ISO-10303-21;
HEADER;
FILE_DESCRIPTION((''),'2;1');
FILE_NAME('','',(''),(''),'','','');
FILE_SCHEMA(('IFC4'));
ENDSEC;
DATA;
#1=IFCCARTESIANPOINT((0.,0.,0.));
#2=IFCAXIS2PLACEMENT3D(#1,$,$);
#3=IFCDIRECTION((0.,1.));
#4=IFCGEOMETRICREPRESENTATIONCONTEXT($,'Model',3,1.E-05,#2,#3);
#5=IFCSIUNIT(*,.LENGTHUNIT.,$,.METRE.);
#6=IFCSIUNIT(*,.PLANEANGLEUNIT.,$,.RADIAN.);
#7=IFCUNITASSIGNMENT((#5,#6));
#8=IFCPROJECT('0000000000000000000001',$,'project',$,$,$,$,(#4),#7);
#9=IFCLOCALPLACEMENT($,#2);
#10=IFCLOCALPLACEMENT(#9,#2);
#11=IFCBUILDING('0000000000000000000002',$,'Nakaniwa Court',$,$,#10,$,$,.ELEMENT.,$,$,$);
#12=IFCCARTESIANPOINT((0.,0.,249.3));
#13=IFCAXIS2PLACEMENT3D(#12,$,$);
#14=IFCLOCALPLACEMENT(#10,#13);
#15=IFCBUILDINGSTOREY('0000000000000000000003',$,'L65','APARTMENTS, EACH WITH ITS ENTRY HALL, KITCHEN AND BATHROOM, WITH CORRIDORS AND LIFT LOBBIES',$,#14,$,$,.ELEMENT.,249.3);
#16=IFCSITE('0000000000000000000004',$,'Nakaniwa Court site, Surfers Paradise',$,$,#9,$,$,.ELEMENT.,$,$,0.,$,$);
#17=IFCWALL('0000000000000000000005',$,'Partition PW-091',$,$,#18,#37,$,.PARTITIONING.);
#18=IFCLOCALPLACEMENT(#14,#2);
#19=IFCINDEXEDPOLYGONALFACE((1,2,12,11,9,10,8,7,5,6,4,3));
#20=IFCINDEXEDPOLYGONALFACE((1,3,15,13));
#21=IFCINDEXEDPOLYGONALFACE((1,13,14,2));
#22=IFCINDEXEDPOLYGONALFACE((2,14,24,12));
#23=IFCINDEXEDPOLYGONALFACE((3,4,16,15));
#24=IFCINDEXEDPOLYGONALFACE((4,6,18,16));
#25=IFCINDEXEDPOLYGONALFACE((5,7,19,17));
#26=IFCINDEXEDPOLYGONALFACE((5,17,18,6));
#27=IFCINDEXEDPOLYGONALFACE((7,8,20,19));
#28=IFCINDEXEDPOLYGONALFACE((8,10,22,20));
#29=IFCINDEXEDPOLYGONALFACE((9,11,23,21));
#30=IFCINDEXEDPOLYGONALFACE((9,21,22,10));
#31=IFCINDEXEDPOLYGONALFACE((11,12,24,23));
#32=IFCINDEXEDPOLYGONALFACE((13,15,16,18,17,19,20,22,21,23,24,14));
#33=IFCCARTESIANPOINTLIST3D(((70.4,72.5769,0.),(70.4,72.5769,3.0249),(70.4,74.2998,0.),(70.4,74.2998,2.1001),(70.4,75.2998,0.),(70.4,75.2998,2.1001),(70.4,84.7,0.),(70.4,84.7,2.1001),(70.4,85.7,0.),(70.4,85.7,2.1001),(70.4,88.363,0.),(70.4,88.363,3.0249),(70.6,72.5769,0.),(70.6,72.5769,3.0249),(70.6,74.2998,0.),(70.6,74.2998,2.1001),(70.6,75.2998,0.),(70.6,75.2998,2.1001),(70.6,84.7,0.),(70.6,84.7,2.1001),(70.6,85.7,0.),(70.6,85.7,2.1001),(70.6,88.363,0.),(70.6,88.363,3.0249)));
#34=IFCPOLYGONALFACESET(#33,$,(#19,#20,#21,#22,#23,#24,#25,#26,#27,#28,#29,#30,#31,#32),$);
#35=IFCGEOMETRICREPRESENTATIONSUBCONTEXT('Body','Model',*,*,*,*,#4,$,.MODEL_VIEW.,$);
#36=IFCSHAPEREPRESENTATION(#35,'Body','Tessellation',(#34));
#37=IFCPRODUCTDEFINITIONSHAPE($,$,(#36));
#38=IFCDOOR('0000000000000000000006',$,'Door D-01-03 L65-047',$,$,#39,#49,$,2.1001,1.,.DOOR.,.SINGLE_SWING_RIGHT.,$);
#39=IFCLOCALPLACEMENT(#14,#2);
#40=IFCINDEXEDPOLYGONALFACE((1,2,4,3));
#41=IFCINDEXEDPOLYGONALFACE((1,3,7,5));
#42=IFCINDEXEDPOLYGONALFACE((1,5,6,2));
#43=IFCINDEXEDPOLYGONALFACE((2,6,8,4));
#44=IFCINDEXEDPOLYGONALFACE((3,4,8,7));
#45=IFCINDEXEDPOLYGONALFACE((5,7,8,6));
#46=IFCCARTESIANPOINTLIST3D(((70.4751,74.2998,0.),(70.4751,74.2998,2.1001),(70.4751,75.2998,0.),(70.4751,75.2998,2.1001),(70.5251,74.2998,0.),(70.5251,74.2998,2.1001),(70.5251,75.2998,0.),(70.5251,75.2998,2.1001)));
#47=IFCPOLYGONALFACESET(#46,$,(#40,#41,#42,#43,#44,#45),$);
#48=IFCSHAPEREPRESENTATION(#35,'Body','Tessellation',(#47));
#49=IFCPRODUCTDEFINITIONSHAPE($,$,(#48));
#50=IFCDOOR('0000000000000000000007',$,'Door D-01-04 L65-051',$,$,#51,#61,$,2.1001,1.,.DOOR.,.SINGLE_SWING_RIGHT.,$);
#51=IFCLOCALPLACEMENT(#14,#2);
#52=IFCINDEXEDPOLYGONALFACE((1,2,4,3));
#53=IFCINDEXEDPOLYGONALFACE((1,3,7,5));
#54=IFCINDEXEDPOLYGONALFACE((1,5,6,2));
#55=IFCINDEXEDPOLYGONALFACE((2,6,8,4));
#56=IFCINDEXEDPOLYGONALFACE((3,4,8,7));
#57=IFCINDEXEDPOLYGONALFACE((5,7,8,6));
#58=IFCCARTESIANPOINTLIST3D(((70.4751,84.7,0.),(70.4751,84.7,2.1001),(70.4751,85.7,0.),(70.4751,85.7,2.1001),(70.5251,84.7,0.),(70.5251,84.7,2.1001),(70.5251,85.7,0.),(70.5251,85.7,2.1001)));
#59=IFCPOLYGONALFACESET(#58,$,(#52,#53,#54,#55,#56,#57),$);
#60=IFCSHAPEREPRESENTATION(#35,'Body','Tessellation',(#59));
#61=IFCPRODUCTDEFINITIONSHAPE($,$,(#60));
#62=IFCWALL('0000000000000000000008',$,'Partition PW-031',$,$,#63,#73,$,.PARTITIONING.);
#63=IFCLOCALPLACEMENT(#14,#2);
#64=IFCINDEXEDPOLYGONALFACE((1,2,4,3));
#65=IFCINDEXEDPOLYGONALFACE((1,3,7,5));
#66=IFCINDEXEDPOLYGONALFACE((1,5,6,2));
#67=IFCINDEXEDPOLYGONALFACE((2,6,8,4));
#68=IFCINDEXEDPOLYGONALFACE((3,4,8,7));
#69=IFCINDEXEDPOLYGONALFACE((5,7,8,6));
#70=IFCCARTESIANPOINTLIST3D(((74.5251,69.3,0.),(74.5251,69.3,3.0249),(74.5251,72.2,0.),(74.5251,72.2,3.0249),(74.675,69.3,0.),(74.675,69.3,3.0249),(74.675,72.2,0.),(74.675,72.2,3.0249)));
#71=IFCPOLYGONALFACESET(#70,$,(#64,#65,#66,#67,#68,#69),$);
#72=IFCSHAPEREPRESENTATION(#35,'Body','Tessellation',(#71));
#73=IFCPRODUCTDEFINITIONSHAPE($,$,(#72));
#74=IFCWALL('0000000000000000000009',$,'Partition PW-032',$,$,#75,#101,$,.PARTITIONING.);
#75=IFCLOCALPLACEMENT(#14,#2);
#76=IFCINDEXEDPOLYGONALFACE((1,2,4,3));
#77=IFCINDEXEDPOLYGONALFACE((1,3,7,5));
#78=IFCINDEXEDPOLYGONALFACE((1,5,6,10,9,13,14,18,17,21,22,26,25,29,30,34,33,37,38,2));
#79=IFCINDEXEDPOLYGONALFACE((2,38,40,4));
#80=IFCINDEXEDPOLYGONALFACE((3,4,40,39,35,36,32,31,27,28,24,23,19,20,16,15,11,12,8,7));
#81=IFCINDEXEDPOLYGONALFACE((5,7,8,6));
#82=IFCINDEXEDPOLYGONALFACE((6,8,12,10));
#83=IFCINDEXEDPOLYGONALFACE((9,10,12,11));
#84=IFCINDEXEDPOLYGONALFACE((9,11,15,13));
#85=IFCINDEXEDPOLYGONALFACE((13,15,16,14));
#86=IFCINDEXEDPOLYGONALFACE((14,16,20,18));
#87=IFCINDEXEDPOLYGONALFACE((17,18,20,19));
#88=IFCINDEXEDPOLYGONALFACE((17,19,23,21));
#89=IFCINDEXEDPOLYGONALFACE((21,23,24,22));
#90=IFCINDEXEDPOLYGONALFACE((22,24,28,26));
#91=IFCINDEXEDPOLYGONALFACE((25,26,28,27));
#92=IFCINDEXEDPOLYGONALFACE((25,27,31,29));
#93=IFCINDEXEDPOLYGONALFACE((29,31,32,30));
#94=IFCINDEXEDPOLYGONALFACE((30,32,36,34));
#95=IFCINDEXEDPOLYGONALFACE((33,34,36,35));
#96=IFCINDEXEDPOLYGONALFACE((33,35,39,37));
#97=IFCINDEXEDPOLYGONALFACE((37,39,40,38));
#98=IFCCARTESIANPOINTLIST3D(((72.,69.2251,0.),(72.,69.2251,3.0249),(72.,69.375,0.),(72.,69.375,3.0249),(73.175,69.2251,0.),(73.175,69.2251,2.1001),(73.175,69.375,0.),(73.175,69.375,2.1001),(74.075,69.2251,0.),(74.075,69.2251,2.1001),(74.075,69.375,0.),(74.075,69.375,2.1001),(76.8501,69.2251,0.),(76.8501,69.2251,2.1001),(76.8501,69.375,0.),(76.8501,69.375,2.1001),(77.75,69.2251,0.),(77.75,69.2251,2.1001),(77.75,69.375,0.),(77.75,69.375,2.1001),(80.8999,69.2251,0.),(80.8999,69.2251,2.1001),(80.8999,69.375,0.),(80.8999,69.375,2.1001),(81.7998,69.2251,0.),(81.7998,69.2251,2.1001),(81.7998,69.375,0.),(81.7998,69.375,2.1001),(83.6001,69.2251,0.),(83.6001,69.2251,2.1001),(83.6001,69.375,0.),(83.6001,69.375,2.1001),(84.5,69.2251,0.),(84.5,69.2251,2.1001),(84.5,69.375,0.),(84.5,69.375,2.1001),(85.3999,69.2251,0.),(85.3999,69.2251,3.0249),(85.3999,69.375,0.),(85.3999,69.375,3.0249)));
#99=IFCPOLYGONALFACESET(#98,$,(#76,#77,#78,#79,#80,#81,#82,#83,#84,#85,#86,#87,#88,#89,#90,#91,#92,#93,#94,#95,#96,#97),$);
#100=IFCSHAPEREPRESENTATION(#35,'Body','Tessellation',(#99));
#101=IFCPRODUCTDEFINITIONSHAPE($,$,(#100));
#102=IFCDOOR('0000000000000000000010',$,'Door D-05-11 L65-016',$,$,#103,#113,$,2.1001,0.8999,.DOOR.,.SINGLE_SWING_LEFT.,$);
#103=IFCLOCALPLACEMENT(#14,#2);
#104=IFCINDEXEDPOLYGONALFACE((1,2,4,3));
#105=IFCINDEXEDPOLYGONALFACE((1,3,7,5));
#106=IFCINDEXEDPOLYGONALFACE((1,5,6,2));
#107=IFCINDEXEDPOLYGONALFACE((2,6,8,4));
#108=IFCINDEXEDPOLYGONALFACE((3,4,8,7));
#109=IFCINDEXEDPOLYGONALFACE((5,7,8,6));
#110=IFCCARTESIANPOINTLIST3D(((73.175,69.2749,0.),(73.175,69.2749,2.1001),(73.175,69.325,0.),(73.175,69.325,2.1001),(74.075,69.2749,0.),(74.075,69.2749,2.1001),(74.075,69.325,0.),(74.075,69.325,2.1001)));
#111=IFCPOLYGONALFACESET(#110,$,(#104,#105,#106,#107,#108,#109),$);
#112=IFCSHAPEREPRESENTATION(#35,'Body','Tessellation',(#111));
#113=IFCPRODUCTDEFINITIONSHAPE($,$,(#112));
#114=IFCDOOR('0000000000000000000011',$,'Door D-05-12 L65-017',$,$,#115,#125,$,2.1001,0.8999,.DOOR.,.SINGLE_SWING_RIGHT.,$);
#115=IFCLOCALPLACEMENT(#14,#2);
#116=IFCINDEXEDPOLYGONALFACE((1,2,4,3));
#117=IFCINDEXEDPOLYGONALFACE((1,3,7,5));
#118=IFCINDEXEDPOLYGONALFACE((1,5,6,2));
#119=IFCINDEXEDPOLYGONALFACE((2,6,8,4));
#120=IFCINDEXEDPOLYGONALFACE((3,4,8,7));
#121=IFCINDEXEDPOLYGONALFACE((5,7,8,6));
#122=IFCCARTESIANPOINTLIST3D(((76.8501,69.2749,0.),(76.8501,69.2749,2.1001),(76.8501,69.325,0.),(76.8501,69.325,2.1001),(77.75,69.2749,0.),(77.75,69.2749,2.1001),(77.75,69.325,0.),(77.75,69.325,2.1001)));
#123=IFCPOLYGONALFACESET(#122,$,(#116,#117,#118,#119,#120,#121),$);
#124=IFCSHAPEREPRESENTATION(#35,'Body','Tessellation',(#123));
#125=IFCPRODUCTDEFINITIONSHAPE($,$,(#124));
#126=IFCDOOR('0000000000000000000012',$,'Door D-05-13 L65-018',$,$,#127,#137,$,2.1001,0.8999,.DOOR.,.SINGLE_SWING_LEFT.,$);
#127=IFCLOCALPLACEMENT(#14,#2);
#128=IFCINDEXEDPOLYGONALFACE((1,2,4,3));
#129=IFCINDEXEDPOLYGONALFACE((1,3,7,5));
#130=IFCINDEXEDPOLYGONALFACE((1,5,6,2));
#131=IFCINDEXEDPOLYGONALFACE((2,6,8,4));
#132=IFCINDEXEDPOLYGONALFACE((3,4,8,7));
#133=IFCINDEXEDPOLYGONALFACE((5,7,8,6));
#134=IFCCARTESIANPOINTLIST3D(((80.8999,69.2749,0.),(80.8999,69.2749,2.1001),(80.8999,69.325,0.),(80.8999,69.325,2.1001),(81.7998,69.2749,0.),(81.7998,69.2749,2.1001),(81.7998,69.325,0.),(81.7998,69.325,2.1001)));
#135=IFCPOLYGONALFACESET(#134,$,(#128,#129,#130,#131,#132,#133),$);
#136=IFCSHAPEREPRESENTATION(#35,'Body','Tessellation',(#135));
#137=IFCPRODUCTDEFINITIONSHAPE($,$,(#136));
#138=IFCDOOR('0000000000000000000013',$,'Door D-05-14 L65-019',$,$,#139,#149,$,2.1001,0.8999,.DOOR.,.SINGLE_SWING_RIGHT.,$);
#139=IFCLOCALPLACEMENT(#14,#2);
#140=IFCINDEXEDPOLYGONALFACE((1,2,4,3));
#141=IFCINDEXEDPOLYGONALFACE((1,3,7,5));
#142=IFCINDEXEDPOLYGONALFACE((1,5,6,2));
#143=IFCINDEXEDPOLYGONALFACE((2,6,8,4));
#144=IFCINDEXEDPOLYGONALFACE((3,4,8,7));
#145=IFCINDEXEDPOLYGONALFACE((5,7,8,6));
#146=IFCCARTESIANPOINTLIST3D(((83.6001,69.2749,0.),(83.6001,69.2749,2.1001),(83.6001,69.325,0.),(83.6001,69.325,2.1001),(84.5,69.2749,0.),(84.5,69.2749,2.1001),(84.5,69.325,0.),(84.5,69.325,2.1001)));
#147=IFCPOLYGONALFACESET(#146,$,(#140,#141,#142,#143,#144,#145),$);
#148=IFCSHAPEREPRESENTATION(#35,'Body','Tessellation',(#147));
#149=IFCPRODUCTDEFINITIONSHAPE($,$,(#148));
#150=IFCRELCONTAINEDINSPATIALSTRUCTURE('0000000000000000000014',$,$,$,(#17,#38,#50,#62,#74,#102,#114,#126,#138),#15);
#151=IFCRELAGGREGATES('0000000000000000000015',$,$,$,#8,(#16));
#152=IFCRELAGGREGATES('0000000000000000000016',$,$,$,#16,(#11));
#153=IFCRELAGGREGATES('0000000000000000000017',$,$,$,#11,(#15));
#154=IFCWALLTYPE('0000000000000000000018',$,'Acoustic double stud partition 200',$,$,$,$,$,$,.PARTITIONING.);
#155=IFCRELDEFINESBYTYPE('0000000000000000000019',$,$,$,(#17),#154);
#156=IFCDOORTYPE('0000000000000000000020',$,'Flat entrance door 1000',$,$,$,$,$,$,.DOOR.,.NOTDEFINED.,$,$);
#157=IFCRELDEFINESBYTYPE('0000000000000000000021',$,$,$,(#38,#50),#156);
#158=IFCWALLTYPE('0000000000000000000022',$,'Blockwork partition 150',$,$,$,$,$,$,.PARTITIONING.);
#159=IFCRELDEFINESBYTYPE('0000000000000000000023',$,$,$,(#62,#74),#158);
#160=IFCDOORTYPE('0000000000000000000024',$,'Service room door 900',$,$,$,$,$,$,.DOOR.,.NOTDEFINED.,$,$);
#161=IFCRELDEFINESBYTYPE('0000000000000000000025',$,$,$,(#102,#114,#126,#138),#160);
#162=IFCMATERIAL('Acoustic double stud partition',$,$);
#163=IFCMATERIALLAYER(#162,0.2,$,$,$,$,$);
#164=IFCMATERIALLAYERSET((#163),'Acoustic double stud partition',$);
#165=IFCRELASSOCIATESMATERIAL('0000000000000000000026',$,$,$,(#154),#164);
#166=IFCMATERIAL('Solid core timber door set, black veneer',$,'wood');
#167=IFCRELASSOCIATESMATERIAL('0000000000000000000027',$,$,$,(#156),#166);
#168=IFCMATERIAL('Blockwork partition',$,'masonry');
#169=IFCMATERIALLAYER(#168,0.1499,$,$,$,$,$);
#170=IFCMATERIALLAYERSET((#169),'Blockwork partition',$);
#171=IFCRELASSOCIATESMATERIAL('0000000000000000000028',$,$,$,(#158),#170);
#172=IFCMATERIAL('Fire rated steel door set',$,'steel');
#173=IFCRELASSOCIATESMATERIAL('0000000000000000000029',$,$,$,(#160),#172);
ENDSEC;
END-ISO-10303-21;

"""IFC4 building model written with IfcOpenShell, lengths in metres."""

from ifc_helpers import new_model, si_unit, direction, frame, frame_2d, origin, place, context, subcontext, project, spatial, rectangle, extrude, material, layer, layer_set, type_object, element, fill, save


model = new_model("IFC4")

# Units and contexts
model_context = context("Model", 3, precision=1e-05, world=origin(), true_north=direction((0.0, 1.0)))
body_context = subcontext(model_context, "Body", "Model", "MODEL_VIEW")
ifc_project = project(units=[si_unit("LENGTHUNIT", "METRE"), si_unit("PLANEANGLEUNIT", "RADIAN")], contexts=[model_context])

# Site, building, storey
site_placement = place(None, origin())
site = spatial("IfcSite", under=ifc_project, at=site_placement, Name="Nakaniwa Court site, Surfers Paradise", CompositionType="ELEMENT", RefElevation=0.0)
building_placement = place(site_placement, origin())
building = spatial("IfcBuilding", under=site, at=building_placement, Name="Nakaniwa Court", CompositionType="ELEMENT")
storey_placement = place(building_placement, frame((0.0, 0.0, 249.3)))
storey = spatial("IfcBuildingStorey", under=building, at=storey_placement, Name="L65", Description="APARTMENTS, EACH WITH ITS ENTRY HALL, KITCHEN AND BATHROOM, WITH CORRIDORS AND LIFT LOBBIES", CompositionType="ELEMENT", Elevation=249.3)

# Shared definitions
ifc_material_1 = material(Name="Acoustic double stud partition")
ifc_layer_1 = layer(ifc_material_1, 0.2)
ifc_layer_set_1 = layer_set([ifc_layer_1], Name="Acoustic double stud partition")
wall_type_1 = type_object("IfcWallType", Name="Acoustic double stud partition 200", PredefinedType="PARTITIONING", material=ifc_layer_set_1)

# Shared definitions
ifc_material_2 = material(Name="Solid core timber door set, black veneer", Category="wood")

# Wall, openings, doors
wall_1_placement = place(storey_placement, frame((70.5, 72.5769, 0.0), z_axis=(0.0, 0.0, 1.0), x_axis=(0.0, 1.0, 0.0)))
wall_1 = element("IfcWall", 1, at=wall_1_placement, inside=storey, type_object=wall_type_1, Name="Partition PW-091", PredefinedType="PARTITIONING", context=body_context, shape_type="SweptSolid", body=[
    extrude(rectangle(XDim=15.7861, YDim=0.2, at=frame_2d((7.8931, 0.0))), origin(), (0.0, 0.0, 1.0), 3.0249),
])
opening_1_placement = place(wall_1_placement, frame((1.7229, 0.0, 0.0)))
opening_1 = element("IfcOpeningElement", 2, at=opening_1_placement, cuts=wall_1, PredefinedType="OPENING", context=body_context, shape_type="SweptSolid", body=[
    extrude(rectangle(XDim=1.0, YDim=2.1001, at=frame_2d((0.5, 1.05))), frame((0.0, 0.1099, 0.0), z_axis=(0.0, -1.0, 0.0), x_axis=(1.0, 0.0, 0.0)), (0.0, 0.0, 1.0), 0.22),
])
opening_2_placement = place(wall_1_placement, frame((12.123, 0.0, 0.0)))
opening_2 = element("IfcOpeningElement", 3, at=opening_2_placement, cuts=wall_1, PredefinedType="OPENING", context=body_context, shape_type="SweptSolid", body=[
    extrude(rectangle(XDim=1.0, YDim=2.1001, at=frame_2d((0.5, 1.05))), frame((0.0, 0.1099, 0.0), z_axis=(0.0, -1.0, 0.0), x_axis=(1.0, 0.0, 0.0)), (0.0, 0.0, 1.0), 0.22),
])
door_type_1 = type_object("IfcDoorType", Name="Flat entrance door 1000", OperationType="NOTDEFINED", PredefinedType="DOOR", material=ifc_material_2)
door_1_placement = place(opening_1_placement, origin())
door_1 = element("IfcDoor", 4, at=door_1_placement, inside=storey, type_object=door_type_1, Name="Door D-01-03 L65-047", OperationType="SINGLE_SWING_RIGHT", OverallHeight=2.1001, OverallWidth=1.0, PredefinedType="DOOR", context=body_context, shape_type="SweptSolid", body=[
    extrude(rectangle(XDim=1.0, YDim=2.1001, at=frame_2d((0.5, 1.05))), frame((0.0, 0.0249, 0.0), z_axis=(0.0, -1.0, 0.0), x_axis=(1.0, 0.0, 0.0)), (0.0, 0.0, 1.0), 0.05),
])
fill(opening_1, door_1)
door_2_placement = place(opening_2_placement, origin())
door_2 = element("IfcDoor", 5, at=door_2_placement, inside=storey, type_object=door_type_1, Name="Door D-01-04 L65-051", OperationType="SINGLE_SWING_RIGHT", OverallHeight=2.1001, OverallWidth=1.0, PredefinedType="DOOR", context=body_context, shape_type="SweptSolid", body=[
    extrude(rectangle(XDim=1.0, YDim=2.1001, at=frame_2d((0.5, 1.05))), frame((0.0, 0.0249, 0.0), z_axis=(0.0, -1.0, 0.0), x_axis=(1.0, 0.0, 0.0)), (0.0, 0.0, 1.0), 0.05),
])
fill(opening_2, door_2)

# Wall
ifc_material_3 = material(Name="Blockwork partition", Category="masonry")
ifc_layer_2 = layer(ifc_material_3, 0.1499)
ifc_layer_set_2 = layer_set([ifc_layer_2], Name="Blockwork partition")
wall_type_2 = type_object("IfcWallType", Name="Blockwork partition 150", PredefinedType="PARTITIONING", material=ifc_layer_set_2)
wall_2_placement = place(storey_placement, frame((74.6001, 69.3, 0.0), z_axis=(0.0, 0.0, 1.0), x_axis=(0.0, 1.0, 0.0)))
element("IfcWall", 6, at=wall_2_placement, inside=storey, type_object=wall_type_2, Name="Partition PW-031", PredefinedType="PARTITIONING", context=body_context, shape_type="SweptSolid", body=[
    extrude(rectangle(XDim=2.8999, YDim=0.1499, at=frame_2d((1.45, 0.0))), origin(), (0.0, 0.0, 1.0), 3.0249),
])

# Wall, openings, doors
wall_3_placement = place(storey_placement, frame((72.0, 69.3, 0.0), z_axis=(0.0, 0.0, 1.0), x_axis=(1.0, 0.0, 0.0)))
wall_3 = element("IfcWall", 7, at=wall_3_placement, inside=storey, type_object=wall_type_2, Name="Partition PW-032", PredefinedType="PARTITIONING", context=body_context, shape_type="SweptSolid", body=[
    extrude(rectangle(XDim=13.3999, YDim=0.1499, at=frame_2d((6.7, 0.0))), origin(), (0.0, 0.0, 1.0), 3.0249),
])
opening_3_placement = place(wall_3_placement, frame((1.175, 0.0, 0.0)))
opening_3 = element("IfcOpeningElement", 8, at=opening_3_placement, cuts=wall_3, PredefinedType="OPENING", context=body_context, shape_type="SweptSolid", body=[
    extrude(rectangle(XDim=0.8999, YDim=2.1001, at=frame_2d((0.45, 1.05))), frame((0.0, 0.085, 0.0), z_axis=(0.0, -1.0, 0.0), x_axis=(1.0, 0.0, 0.0)), (0.0, 0.0, 1.0), 0.1699),
])
opening_4_placement = place(wall_3_placement, frame((4.8501, 0.0, 0.0)))
opening_4 = element("IfcOpeningElement", 9, at=opening_4_placement, cuts=wall_3, PredefinedType="OPENING", context=body_context, shape_type="SweptSolid", body=[
    extrude(rectangle(XDim=0.8999, YDim=2.1001, at=frame_2d((0.45, 1.05))), frame((0.0, 0.085, 0.0), z_axis=(0.0, -1.0, 0.0), x_axis=(1.0, 0.0, 0.0)), (0.0, 0.0, 1.0), 0.1699),
])
opening_5_placement = place(wall_3_placement, frame((8.8999, 0.0, 0.0)))
opening_5 = element("IfcOpeningElement", 10, at=opening_5_placement, cuts=wall_3, PredefinedType="OPENING", context=body_context, shape_type="SweptSolid", body=[
    extrude(rectangle(XDim=0.8999, YDim=2.1001, at=frame_2d((0.45, 1.05))), frame((0.0, 0.085, 0.0), z_axis=(0.0, -1.0, 0.0), x_axis=(1.0, 0.0, 0.0)), (0.0, 0.0, 1.0), 0.1699),
])
opening_6_placement = place(wall_3_placement, frame((11.6001, 0.0, 0.0)))
opening_6 = element("IfcOpeningElement", 11, at=opening_6_placement, cuts=wall_3, PredefinedType="OPENING", context=body_context, shape_type="SweptSolid", body=[
    extrude(rectangle(XDim=0.8999, YDim=2.1001, at=frame_2d((0.45, 1.05))), frame((0.0, 0.085, 0.0), z_axis=(0.0, -1.0, 0.0), x_axis=(1.0, 0.0, 0.0)), (0.0, 0.0, 1.0), 0.1699),
])
ifc_material_4 = material(Name="Fire rated steel door set", Category="steel")
door_type_2 = type_object("IfcDoorType", Name="Service room door 900", OperationType="NOTDEFINED", PredefinedType="DOOR", material=ifc_material_4)
door_3_placement = place(opening_3_placement, origin())
door_3 = element("IfcDoor", 12, at=door_3_placement, inside=storey, type_object=door_type_2, Name="Door D-05-11 L65-016", OperationType="SINGLE_SWING_LEFT", OverallHeight=2.1001, OverallWidth=0.8999, PredefinedType="DOOR", context=body_context, shape_type="SweptSolid", body=[
    extrude(rectangle(XDim=0.8999, YDim=2.1001, at=frame_2d((0.45, 1.05))), frame((0.0, 0.0249, 0.0), z_axis=(0.0, -1.0, 0.0), x_axis=(1.0, 0.0, 0.0)), (0.0, 0.0, 1.0), 0.05),
])
fill(opening_3, door_3)
door_4_placement = place(opening_4_placement, origin())
door_4 = element("IfcDoor", 13, at=door_4_placement, inside=storey, type_object=door_type_2, Name="Door D-05-12 L65-017", OperationType="SINGLE_SWING_RIGHT", OverallHeight=2.1001, OverallWidth=0.8999, PredefinedType="DOOR", context=body_context, shape_type="SweptSolid", body=[
    extrude(rectangle(XDim=0.8999, YDim=2.1001, at=frame_2d((0.45, 1.05))), frame((0.0, 0.0249, 0.0), z_axis=(0.0, -1.0, 0.0), x_axis=(1.0, 0.0, 0.0)), (0.0, 0.0, 1.0), 0.05),
])
fill(opening_4, door_4)
door_5_placement = place(opening_5_placement, origin())
door_5 = element("IfcDoor", 14, at=door_5_placement, inside=storey, type_object=door_type_2, Name="Door D-05-13 L65-018", OperationType="SINGLE_SWING_LEFT", OverallHeight=2.1001, OverallWidth=0.8999, PredefinedType="DOOR", context=body_context, shape_type="SweptSolid", body=[
    extrude(rectangle(XDim=0.8999, YDim=2.1001, at=frame_2d((0.45, 1.05))), frame((0.0, 0.0249, 0.0), z_axis=(0.0, -1.0, 0.0), x_axis=(1.0, 0.0, 0.0)), (0.0, 0.0, 1.0), 0.05),
])
fill(opening_5, door_5)
door_6_placement = place(opening_6_placement, origin())
door_6 = element("IfcDoor", 15, at=door_6_placement, inside=storey, type_object=door_type_2, Name="Door D-05-14 L65-019", OperationType="SINGLE_SWING_RIGHT", OverallHeight=2.1001, OverallWidth=0.8999, PredefinedType="DOOR", context=body_context, shape_type="SweptSolid", body=[
    extrude(rectangle(XDim=0.8999, YDim=2.1001, at=frame_2d((0.45, 1.05))), frame((0.0, 0.0249, 0.0), z_axis=(0.0, -1.0, 0.0), x_axis=(1.0, 0.0, 0.0)), (0.0, 0.0, 1.0), 0.05),
])
fill(opening_6, door_6)

save(model, "model.ifc")
